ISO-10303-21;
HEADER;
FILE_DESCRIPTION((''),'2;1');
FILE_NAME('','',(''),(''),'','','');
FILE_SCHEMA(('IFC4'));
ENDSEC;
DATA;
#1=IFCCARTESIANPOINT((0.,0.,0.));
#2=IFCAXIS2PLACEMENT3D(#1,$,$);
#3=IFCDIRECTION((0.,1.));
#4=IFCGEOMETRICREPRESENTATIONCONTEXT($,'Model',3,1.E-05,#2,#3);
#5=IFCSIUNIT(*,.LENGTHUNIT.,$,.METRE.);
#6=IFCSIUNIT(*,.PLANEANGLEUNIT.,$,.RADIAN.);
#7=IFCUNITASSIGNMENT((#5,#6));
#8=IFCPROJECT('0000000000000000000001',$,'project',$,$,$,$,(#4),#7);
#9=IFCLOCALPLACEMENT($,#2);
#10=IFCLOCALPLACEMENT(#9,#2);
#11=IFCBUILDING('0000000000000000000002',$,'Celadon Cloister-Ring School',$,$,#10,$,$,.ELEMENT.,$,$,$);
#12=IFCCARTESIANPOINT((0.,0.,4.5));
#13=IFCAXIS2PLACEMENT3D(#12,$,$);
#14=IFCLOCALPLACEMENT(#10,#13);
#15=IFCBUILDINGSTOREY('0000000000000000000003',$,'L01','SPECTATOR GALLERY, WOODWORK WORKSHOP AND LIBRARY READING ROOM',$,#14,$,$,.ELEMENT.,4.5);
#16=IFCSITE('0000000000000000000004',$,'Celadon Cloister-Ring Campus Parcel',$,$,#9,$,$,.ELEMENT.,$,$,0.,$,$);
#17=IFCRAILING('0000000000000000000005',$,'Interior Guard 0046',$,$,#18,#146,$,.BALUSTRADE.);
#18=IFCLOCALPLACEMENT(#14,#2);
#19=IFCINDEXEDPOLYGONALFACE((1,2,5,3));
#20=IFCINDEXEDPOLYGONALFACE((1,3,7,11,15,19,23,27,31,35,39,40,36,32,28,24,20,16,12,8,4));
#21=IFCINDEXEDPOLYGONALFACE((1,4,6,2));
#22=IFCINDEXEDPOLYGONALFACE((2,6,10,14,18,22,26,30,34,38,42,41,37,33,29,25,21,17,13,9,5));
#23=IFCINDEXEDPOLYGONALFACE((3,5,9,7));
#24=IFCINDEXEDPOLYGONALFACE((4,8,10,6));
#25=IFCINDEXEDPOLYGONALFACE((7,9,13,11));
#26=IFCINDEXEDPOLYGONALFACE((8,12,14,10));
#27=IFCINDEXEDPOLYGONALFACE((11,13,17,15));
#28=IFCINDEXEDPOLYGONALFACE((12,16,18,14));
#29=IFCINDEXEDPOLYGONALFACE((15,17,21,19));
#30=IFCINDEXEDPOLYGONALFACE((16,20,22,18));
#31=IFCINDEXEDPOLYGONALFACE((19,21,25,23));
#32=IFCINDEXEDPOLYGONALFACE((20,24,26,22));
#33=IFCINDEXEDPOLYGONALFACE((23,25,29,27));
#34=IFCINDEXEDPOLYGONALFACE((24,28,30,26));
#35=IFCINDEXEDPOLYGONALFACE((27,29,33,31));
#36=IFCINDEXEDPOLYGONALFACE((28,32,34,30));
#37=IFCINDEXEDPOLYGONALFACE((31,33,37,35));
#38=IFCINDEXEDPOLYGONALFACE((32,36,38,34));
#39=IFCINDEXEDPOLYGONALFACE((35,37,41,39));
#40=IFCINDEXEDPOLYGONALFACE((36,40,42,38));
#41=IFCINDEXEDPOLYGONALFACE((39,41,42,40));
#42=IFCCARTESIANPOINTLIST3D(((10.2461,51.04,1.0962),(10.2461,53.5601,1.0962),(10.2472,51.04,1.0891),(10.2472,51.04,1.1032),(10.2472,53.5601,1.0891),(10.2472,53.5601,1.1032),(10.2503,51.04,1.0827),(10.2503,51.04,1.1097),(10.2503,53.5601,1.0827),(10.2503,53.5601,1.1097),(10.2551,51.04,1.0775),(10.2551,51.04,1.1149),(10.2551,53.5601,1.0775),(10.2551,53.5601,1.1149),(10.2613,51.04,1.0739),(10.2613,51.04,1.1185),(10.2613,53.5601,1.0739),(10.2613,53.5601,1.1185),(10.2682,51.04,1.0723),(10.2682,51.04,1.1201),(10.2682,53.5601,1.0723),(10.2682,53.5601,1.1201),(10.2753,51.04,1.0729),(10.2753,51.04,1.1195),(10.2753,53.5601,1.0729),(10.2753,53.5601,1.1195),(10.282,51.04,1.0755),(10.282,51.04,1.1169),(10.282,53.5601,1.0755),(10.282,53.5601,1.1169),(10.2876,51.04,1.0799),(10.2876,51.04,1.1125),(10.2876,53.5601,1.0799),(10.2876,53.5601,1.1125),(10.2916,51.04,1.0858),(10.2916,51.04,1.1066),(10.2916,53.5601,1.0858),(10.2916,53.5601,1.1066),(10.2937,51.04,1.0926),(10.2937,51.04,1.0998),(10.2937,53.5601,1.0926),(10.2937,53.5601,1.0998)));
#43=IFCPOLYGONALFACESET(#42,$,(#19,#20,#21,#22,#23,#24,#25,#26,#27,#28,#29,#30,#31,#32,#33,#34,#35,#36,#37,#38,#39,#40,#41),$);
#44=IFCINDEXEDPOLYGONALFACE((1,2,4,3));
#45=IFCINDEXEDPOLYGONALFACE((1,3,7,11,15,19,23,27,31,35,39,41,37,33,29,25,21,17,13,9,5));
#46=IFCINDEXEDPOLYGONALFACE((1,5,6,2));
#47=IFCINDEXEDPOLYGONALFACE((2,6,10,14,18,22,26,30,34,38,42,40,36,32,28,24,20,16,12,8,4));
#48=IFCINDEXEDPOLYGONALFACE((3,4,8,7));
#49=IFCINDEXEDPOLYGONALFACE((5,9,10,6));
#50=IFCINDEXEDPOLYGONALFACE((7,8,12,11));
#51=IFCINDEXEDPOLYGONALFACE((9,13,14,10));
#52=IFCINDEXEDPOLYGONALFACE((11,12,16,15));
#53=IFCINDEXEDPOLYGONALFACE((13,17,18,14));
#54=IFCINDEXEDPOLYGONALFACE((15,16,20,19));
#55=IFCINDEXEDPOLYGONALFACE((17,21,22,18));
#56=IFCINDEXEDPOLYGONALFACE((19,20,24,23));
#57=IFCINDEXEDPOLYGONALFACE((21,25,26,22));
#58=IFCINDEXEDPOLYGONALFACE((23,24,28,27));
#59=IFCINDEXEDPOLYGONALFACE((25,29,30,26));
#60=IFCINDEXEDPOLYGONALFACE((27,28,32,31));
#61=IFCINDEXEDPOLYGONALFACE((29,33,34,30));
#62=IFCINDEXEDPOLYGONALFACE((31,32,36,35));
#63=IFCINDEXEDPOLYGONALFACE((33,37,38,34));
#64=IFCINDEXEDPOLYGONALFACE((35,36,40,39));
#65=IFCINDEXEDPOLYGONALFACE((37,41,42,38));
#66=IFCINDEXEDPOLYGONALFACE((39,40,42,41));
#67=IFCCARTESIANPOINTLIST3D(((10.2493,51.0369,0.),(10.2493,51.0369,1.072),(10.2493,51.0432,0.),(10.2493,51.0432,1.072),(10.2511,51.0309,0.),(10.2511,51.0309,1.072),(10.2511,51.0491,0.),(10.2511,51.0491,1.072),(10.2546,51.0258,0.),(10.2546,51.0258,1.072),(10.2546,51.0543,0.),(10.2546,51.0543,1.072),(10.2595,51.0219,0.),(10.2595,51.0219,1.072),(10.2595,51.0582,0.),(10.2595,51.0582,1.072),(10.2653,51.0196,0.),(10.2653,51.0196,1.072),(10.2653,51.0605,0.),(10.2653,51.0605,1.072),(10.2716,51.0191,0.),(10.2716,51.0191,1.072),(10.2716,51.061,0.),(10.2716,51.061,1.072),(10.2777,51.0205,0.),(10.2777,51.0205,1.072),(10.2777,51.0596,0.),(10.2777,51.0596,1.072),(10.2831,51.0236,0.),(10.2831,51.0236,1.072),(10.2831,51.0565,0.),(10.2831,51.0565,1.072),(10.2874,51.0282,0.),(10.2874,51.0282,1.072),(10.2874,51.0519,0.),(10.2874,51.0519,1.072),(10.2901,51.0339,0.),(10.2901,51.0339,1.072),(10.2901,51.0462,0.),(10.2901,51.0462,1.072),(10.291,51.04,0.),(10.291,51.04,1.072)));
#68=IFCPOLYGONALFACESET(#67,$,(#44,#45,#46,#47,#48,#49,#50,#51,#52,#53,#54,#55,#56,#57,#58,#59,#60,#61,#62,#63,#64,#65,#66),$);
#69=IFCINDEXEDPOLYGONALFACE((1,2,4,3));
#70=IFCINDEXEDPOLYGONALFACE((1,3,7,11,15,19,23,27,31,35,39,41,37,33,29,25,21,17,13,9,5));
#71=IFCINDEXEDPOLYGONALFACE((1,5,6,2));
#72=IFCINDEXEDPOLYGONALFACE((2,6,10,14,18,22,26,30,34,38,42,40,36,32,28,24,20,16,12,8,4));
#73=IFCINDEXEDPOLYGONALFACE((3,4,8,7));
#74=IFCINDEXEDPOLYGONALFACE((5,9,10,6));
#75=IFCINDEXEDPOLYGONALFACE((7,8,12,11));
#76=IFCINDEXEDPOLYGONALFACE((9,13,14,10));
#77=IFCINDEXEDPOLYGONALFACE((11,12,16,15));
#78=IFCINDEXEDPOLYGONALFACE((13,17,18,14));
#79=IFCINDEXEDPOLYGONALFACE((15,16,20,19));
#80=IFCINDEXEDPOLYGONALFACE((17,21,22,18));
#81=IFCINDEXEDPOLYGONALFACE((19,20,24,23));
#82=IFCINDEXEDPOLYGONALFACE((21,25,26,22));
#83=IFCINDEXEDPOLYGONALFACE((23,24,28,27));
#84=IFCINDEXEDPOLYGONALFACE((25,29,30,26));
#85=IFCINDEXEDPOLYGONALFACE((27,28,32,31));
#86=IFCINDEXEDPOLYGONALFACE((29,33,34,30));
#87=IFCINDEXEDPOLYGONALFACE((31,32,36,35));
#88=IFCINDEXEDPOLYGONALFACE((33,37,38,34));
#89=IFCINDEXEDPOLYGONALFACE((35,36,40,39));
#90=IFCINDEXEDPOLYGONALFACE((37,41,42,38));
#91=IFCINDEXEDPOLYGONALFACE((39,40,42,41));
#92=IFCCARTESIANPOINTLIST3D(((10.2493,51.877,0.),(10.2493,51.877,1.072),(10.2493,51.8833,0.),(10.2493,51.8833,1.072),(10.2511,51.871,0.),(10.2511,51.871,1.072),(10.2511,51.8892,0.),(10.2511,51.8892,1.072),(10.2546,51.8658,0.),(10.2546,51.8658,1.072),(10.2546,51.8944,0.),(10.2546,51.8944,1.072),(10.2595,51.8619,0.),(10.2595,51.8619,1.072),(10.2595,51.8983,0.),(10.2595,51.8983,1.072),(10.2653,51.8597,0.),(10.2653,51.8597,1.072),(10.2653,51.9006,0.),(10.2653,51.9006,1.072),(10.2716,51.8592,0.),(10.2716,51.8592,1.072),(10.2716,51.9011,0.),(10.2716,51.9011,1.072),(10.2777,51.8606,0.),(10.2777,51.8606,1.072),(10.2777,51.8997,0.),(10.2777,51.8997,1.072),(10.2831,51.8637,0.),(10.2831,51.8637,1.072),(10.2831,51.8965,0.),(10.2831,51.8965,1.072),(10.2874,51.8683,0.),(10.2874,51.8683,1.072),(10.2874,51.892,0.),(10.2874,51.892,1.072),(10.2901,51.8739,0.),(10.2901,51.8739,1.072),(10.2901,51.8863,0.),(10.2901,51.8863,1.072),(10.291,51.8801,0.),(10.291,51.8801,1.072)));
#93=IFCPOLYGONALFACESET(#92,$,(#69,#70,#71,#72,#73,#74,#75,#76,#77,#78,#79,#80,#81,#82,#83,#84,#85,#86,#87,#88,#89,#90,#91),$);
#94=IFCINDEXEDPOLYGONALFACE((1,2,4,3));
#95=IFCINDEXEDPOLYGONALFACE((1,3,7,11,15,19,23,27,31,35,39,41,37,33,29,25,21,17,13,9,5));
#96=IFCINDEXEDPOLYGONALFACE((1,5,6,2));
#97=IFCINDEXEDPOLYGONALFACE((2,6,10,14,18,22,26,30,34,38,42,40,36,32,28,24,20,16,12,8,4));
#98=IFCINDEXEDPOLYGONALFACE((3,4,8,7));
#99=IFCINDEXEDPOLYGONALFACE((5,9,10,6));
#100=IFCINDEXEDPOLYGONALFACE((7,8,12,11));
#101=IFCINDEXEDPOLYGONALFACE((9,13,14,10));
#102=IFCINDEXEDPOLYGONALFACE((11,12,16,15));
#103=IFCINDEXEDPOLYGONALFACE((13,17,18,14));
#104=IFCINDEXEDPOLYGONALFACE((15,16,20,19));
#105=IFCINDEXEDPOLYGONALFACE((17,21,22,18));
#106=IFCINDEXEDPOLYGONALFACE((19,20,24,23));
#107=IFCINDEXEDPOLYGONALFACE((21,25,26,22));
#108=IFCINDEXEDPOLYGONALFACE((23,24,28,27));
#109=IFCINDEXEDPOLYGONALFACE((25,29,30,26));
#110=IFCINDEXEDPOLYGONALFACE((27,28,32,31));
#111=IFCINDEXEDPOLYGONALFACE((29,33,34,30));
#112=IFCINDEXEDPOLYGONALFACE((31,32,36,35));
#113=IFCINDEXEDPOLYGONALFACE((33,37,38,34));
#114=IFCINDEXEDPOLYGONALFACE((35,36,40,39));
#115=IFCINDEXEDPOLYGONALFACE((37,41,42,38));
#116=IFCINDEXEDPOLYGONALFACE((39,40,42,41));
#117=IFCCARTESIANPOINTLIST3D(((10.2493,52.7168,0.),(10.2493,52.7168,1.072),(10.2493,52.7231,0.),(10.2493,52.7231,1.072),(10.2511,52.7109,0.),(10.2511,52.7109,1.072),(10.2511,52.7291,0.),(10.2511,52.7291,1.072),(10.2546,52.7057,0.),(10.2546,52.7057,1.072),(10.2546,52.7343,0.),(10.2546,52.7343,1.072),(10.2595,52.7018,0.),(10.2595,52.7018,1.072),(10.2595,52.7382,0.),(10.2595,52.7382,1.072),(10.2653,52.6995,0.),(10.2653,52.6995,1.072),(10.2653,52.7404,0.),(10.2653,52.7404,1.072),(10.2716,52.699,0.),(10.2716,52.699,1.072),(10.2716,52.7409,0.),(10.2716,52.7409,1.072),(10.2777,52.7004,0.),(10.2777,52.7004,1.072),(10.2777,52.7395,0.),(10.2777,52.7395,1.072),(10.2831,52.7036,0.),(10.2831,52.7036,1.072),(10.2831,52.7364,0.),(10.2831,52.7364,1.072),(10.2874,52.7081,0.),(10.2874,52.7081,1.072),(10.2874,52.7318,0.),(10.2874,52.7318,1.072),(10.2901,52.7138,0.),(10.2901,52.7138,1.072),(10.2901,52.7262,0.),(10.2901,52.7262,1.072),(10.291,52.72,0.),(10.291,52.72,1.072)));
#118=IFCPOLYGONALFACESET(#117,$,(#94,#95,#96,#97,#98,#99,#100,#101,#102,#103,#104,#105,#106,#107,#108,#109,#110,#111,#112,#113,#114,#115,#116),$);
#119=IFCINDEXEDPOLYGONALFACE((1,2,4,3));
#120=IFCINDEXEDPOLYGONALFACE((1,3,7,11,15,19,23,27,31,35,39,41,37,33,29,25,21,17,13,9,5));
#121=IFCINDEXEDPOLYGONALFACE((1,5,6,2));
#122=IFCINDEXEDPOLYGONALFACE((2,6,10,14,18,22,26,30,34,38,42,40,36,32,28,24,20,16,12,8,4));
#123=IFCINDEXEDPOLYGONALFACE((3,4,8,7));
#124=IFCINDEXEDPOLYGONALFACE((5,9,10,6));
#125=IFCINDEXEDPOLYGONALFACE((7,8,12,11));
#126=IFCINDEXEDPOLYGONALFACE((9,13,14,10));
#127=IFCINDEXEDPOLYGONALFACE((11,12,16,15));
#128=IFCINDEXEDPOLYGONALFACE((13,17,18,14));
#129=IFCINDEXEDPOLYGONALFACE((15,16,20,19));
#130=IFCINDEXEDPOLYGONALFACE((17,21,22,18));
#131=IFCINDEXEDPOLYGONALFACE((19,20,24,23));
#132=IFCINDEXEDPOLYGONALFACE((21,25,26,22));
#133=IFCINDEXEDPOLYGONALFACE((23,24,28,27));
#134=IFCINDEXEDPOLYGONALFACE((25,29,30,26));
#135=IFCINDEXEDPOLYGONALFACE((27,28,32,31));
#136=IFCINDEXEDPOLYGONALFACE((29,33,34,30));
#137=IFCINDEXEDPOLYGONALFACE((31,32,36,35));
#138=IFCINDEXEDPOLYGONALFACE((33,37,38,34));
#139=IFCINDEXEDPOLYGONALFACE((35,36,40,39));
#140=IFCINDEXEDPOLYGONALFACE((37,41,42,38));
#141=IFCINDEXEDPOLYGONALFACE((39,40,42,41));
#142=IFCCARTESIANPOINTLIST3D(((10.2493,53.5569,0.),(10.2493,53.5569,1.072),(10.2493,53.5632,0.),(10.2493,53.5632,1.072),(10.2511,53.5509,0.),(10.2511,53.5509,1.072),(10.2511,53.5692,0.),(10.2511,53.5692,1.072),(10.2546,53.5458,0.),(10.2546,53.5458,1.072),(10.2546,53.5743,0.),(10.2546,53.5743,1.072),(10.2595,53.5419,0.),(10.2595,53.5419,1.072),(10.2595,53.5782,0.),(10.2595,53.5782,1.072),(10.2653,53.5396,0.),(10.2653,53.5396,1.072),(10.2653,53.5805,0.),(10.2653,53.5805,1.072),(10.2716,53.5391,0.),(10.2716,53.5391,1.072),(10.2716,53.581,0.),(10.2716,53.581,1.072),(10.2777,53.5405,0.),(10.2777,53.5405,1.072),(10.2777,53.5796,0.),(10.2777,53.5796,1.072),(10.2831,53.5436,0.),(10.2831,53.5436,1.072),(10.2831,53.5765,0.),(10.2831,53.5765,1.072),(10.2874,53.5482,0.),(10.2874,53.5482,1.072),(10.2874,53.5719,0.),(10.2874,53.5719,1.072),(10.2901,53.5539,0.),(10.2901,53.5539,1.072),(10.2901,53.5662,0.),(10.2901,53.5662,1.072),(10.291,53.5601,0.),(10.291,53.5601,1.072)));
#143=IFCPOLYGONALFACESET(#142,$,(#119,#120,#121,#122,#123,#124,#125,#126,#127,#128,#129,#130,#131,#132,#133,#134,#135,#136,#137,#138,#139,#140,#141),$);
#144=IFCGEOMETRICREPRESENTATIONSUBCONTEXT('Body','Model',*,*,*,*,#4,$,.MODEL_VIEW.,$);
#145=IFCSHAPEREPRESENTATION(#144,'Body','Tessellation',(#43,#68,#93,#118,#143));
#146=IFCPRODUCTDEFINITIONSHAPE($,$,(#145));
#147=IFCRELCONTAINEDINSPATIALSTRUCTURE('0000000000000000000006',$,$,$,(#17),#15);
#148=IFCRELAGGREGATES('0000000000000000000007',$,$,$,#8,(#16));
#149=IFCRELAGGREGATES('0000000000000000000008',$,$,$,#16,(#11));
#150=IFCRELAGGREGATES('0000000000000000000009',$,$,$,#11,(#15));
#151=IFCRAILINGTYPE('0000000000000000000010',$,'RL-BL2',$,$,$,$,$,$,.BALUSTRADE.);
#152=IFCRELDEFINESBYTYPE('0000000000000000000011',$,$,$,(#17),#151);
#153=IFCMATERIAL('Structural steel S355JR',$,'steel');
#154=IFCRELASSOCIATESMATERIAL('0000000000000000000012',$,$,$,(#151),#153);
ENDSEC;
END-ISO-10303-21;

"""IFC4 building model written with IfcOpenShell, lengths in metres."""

from ifc_helpers import new_model, si_unit, direction, frame, origin, origin_2d, place, context, subcontext, project, spatial, circle, extrude, material, type_object, element, save


model = new_model("IFC4")

# Units and contexts
model_context = context("Model", 3, precision=1e-05, world=origin(), true_north=direction((0.0, 1.0)))
body_context = subcontext(model_context, "Body", "Model", "MODEL_VIEW")
ifc_project = project(units=[si_unit("LENGTHUNIT", "METRE"), si_unit("PLANEANGLEUNIT", "RADIAN")], contexts=[model_context])

# Site, building, storey
site_placement = place(None, origin())
site = spatial("IfcSite", under=ifc_project, at=site_placement, Name="Celadon Cloister-Ring Campus Parcel", CompositionType="ELEMENT", RefElevation=0.0)
building_placement = place(site_placement, origin())
building = spatial("IfcBuilding", under=site, at=building_placement, Name="Celadon Cloister-Ring School", CompositionType="ELEMENT")
storey_placement = place(building_placement, frame((0.0, 0.0, 4.5)))
storey = spatial("IfcBuildingStorey", under=building, at=storey_placement, Name="L01", Description="SPECTATOR GALLERY, WOODWORK WORKSHOP AND LIBRARY READING ROOM", CompositionType="ELEMENT", Elevation=4.5)

# Railing
ifc_material_1 = material(Name="Structural steel S355JR", Category="steel")
railing_type_1 = type_object("IfcRailingType", Name="RL-BL2", PredefinedType="BALUSTRADE", material=ifc_material_1)
railing_1_placement = place(storey_placement, frame((10.27, 51.04, 0.0)))
element("IfcRailing", 1, at=railing_1_placement, inside=storey, type_object=railing_type_1, Name="Interior Guard 0046", PredefinedType="BALUSTRADE", context=body_context, shape_type="SweptSolid", body=[
    extrude(circle(Radius=0.0239, at=origin_2d()), frame((0.0, 0.0, 1.0962), z_axis=(0.0, 1.0, 0.0), x_axis=(-1.0, 0.0, 0.0)), (0.0, 0.0, 1.0), 2.52),
    extrude(circle(Radius=0.021, at=origin_2d()), origin(), (0.0, 0.0, 1.0), 1.072),
    extrude(circle(Radius=0.021, at=origin_2d()), frame((0.0, 0.8401, 0.0)), (0.0, 0.0, 1.0), 1.072),
    extrude(circle(Radius=0.021, at=origin_2d()), frame((0.0, 1.6799, 0.0)), (0.0, 0.0, 1.0), 1.072),
    extrude(circle(Radius=0.021, at=origin_2d()), frame((0.0, 2.52, 0.0)), (0.0, 0.0, 1.0), 1.072),
])

save(model, "model.ifc")
